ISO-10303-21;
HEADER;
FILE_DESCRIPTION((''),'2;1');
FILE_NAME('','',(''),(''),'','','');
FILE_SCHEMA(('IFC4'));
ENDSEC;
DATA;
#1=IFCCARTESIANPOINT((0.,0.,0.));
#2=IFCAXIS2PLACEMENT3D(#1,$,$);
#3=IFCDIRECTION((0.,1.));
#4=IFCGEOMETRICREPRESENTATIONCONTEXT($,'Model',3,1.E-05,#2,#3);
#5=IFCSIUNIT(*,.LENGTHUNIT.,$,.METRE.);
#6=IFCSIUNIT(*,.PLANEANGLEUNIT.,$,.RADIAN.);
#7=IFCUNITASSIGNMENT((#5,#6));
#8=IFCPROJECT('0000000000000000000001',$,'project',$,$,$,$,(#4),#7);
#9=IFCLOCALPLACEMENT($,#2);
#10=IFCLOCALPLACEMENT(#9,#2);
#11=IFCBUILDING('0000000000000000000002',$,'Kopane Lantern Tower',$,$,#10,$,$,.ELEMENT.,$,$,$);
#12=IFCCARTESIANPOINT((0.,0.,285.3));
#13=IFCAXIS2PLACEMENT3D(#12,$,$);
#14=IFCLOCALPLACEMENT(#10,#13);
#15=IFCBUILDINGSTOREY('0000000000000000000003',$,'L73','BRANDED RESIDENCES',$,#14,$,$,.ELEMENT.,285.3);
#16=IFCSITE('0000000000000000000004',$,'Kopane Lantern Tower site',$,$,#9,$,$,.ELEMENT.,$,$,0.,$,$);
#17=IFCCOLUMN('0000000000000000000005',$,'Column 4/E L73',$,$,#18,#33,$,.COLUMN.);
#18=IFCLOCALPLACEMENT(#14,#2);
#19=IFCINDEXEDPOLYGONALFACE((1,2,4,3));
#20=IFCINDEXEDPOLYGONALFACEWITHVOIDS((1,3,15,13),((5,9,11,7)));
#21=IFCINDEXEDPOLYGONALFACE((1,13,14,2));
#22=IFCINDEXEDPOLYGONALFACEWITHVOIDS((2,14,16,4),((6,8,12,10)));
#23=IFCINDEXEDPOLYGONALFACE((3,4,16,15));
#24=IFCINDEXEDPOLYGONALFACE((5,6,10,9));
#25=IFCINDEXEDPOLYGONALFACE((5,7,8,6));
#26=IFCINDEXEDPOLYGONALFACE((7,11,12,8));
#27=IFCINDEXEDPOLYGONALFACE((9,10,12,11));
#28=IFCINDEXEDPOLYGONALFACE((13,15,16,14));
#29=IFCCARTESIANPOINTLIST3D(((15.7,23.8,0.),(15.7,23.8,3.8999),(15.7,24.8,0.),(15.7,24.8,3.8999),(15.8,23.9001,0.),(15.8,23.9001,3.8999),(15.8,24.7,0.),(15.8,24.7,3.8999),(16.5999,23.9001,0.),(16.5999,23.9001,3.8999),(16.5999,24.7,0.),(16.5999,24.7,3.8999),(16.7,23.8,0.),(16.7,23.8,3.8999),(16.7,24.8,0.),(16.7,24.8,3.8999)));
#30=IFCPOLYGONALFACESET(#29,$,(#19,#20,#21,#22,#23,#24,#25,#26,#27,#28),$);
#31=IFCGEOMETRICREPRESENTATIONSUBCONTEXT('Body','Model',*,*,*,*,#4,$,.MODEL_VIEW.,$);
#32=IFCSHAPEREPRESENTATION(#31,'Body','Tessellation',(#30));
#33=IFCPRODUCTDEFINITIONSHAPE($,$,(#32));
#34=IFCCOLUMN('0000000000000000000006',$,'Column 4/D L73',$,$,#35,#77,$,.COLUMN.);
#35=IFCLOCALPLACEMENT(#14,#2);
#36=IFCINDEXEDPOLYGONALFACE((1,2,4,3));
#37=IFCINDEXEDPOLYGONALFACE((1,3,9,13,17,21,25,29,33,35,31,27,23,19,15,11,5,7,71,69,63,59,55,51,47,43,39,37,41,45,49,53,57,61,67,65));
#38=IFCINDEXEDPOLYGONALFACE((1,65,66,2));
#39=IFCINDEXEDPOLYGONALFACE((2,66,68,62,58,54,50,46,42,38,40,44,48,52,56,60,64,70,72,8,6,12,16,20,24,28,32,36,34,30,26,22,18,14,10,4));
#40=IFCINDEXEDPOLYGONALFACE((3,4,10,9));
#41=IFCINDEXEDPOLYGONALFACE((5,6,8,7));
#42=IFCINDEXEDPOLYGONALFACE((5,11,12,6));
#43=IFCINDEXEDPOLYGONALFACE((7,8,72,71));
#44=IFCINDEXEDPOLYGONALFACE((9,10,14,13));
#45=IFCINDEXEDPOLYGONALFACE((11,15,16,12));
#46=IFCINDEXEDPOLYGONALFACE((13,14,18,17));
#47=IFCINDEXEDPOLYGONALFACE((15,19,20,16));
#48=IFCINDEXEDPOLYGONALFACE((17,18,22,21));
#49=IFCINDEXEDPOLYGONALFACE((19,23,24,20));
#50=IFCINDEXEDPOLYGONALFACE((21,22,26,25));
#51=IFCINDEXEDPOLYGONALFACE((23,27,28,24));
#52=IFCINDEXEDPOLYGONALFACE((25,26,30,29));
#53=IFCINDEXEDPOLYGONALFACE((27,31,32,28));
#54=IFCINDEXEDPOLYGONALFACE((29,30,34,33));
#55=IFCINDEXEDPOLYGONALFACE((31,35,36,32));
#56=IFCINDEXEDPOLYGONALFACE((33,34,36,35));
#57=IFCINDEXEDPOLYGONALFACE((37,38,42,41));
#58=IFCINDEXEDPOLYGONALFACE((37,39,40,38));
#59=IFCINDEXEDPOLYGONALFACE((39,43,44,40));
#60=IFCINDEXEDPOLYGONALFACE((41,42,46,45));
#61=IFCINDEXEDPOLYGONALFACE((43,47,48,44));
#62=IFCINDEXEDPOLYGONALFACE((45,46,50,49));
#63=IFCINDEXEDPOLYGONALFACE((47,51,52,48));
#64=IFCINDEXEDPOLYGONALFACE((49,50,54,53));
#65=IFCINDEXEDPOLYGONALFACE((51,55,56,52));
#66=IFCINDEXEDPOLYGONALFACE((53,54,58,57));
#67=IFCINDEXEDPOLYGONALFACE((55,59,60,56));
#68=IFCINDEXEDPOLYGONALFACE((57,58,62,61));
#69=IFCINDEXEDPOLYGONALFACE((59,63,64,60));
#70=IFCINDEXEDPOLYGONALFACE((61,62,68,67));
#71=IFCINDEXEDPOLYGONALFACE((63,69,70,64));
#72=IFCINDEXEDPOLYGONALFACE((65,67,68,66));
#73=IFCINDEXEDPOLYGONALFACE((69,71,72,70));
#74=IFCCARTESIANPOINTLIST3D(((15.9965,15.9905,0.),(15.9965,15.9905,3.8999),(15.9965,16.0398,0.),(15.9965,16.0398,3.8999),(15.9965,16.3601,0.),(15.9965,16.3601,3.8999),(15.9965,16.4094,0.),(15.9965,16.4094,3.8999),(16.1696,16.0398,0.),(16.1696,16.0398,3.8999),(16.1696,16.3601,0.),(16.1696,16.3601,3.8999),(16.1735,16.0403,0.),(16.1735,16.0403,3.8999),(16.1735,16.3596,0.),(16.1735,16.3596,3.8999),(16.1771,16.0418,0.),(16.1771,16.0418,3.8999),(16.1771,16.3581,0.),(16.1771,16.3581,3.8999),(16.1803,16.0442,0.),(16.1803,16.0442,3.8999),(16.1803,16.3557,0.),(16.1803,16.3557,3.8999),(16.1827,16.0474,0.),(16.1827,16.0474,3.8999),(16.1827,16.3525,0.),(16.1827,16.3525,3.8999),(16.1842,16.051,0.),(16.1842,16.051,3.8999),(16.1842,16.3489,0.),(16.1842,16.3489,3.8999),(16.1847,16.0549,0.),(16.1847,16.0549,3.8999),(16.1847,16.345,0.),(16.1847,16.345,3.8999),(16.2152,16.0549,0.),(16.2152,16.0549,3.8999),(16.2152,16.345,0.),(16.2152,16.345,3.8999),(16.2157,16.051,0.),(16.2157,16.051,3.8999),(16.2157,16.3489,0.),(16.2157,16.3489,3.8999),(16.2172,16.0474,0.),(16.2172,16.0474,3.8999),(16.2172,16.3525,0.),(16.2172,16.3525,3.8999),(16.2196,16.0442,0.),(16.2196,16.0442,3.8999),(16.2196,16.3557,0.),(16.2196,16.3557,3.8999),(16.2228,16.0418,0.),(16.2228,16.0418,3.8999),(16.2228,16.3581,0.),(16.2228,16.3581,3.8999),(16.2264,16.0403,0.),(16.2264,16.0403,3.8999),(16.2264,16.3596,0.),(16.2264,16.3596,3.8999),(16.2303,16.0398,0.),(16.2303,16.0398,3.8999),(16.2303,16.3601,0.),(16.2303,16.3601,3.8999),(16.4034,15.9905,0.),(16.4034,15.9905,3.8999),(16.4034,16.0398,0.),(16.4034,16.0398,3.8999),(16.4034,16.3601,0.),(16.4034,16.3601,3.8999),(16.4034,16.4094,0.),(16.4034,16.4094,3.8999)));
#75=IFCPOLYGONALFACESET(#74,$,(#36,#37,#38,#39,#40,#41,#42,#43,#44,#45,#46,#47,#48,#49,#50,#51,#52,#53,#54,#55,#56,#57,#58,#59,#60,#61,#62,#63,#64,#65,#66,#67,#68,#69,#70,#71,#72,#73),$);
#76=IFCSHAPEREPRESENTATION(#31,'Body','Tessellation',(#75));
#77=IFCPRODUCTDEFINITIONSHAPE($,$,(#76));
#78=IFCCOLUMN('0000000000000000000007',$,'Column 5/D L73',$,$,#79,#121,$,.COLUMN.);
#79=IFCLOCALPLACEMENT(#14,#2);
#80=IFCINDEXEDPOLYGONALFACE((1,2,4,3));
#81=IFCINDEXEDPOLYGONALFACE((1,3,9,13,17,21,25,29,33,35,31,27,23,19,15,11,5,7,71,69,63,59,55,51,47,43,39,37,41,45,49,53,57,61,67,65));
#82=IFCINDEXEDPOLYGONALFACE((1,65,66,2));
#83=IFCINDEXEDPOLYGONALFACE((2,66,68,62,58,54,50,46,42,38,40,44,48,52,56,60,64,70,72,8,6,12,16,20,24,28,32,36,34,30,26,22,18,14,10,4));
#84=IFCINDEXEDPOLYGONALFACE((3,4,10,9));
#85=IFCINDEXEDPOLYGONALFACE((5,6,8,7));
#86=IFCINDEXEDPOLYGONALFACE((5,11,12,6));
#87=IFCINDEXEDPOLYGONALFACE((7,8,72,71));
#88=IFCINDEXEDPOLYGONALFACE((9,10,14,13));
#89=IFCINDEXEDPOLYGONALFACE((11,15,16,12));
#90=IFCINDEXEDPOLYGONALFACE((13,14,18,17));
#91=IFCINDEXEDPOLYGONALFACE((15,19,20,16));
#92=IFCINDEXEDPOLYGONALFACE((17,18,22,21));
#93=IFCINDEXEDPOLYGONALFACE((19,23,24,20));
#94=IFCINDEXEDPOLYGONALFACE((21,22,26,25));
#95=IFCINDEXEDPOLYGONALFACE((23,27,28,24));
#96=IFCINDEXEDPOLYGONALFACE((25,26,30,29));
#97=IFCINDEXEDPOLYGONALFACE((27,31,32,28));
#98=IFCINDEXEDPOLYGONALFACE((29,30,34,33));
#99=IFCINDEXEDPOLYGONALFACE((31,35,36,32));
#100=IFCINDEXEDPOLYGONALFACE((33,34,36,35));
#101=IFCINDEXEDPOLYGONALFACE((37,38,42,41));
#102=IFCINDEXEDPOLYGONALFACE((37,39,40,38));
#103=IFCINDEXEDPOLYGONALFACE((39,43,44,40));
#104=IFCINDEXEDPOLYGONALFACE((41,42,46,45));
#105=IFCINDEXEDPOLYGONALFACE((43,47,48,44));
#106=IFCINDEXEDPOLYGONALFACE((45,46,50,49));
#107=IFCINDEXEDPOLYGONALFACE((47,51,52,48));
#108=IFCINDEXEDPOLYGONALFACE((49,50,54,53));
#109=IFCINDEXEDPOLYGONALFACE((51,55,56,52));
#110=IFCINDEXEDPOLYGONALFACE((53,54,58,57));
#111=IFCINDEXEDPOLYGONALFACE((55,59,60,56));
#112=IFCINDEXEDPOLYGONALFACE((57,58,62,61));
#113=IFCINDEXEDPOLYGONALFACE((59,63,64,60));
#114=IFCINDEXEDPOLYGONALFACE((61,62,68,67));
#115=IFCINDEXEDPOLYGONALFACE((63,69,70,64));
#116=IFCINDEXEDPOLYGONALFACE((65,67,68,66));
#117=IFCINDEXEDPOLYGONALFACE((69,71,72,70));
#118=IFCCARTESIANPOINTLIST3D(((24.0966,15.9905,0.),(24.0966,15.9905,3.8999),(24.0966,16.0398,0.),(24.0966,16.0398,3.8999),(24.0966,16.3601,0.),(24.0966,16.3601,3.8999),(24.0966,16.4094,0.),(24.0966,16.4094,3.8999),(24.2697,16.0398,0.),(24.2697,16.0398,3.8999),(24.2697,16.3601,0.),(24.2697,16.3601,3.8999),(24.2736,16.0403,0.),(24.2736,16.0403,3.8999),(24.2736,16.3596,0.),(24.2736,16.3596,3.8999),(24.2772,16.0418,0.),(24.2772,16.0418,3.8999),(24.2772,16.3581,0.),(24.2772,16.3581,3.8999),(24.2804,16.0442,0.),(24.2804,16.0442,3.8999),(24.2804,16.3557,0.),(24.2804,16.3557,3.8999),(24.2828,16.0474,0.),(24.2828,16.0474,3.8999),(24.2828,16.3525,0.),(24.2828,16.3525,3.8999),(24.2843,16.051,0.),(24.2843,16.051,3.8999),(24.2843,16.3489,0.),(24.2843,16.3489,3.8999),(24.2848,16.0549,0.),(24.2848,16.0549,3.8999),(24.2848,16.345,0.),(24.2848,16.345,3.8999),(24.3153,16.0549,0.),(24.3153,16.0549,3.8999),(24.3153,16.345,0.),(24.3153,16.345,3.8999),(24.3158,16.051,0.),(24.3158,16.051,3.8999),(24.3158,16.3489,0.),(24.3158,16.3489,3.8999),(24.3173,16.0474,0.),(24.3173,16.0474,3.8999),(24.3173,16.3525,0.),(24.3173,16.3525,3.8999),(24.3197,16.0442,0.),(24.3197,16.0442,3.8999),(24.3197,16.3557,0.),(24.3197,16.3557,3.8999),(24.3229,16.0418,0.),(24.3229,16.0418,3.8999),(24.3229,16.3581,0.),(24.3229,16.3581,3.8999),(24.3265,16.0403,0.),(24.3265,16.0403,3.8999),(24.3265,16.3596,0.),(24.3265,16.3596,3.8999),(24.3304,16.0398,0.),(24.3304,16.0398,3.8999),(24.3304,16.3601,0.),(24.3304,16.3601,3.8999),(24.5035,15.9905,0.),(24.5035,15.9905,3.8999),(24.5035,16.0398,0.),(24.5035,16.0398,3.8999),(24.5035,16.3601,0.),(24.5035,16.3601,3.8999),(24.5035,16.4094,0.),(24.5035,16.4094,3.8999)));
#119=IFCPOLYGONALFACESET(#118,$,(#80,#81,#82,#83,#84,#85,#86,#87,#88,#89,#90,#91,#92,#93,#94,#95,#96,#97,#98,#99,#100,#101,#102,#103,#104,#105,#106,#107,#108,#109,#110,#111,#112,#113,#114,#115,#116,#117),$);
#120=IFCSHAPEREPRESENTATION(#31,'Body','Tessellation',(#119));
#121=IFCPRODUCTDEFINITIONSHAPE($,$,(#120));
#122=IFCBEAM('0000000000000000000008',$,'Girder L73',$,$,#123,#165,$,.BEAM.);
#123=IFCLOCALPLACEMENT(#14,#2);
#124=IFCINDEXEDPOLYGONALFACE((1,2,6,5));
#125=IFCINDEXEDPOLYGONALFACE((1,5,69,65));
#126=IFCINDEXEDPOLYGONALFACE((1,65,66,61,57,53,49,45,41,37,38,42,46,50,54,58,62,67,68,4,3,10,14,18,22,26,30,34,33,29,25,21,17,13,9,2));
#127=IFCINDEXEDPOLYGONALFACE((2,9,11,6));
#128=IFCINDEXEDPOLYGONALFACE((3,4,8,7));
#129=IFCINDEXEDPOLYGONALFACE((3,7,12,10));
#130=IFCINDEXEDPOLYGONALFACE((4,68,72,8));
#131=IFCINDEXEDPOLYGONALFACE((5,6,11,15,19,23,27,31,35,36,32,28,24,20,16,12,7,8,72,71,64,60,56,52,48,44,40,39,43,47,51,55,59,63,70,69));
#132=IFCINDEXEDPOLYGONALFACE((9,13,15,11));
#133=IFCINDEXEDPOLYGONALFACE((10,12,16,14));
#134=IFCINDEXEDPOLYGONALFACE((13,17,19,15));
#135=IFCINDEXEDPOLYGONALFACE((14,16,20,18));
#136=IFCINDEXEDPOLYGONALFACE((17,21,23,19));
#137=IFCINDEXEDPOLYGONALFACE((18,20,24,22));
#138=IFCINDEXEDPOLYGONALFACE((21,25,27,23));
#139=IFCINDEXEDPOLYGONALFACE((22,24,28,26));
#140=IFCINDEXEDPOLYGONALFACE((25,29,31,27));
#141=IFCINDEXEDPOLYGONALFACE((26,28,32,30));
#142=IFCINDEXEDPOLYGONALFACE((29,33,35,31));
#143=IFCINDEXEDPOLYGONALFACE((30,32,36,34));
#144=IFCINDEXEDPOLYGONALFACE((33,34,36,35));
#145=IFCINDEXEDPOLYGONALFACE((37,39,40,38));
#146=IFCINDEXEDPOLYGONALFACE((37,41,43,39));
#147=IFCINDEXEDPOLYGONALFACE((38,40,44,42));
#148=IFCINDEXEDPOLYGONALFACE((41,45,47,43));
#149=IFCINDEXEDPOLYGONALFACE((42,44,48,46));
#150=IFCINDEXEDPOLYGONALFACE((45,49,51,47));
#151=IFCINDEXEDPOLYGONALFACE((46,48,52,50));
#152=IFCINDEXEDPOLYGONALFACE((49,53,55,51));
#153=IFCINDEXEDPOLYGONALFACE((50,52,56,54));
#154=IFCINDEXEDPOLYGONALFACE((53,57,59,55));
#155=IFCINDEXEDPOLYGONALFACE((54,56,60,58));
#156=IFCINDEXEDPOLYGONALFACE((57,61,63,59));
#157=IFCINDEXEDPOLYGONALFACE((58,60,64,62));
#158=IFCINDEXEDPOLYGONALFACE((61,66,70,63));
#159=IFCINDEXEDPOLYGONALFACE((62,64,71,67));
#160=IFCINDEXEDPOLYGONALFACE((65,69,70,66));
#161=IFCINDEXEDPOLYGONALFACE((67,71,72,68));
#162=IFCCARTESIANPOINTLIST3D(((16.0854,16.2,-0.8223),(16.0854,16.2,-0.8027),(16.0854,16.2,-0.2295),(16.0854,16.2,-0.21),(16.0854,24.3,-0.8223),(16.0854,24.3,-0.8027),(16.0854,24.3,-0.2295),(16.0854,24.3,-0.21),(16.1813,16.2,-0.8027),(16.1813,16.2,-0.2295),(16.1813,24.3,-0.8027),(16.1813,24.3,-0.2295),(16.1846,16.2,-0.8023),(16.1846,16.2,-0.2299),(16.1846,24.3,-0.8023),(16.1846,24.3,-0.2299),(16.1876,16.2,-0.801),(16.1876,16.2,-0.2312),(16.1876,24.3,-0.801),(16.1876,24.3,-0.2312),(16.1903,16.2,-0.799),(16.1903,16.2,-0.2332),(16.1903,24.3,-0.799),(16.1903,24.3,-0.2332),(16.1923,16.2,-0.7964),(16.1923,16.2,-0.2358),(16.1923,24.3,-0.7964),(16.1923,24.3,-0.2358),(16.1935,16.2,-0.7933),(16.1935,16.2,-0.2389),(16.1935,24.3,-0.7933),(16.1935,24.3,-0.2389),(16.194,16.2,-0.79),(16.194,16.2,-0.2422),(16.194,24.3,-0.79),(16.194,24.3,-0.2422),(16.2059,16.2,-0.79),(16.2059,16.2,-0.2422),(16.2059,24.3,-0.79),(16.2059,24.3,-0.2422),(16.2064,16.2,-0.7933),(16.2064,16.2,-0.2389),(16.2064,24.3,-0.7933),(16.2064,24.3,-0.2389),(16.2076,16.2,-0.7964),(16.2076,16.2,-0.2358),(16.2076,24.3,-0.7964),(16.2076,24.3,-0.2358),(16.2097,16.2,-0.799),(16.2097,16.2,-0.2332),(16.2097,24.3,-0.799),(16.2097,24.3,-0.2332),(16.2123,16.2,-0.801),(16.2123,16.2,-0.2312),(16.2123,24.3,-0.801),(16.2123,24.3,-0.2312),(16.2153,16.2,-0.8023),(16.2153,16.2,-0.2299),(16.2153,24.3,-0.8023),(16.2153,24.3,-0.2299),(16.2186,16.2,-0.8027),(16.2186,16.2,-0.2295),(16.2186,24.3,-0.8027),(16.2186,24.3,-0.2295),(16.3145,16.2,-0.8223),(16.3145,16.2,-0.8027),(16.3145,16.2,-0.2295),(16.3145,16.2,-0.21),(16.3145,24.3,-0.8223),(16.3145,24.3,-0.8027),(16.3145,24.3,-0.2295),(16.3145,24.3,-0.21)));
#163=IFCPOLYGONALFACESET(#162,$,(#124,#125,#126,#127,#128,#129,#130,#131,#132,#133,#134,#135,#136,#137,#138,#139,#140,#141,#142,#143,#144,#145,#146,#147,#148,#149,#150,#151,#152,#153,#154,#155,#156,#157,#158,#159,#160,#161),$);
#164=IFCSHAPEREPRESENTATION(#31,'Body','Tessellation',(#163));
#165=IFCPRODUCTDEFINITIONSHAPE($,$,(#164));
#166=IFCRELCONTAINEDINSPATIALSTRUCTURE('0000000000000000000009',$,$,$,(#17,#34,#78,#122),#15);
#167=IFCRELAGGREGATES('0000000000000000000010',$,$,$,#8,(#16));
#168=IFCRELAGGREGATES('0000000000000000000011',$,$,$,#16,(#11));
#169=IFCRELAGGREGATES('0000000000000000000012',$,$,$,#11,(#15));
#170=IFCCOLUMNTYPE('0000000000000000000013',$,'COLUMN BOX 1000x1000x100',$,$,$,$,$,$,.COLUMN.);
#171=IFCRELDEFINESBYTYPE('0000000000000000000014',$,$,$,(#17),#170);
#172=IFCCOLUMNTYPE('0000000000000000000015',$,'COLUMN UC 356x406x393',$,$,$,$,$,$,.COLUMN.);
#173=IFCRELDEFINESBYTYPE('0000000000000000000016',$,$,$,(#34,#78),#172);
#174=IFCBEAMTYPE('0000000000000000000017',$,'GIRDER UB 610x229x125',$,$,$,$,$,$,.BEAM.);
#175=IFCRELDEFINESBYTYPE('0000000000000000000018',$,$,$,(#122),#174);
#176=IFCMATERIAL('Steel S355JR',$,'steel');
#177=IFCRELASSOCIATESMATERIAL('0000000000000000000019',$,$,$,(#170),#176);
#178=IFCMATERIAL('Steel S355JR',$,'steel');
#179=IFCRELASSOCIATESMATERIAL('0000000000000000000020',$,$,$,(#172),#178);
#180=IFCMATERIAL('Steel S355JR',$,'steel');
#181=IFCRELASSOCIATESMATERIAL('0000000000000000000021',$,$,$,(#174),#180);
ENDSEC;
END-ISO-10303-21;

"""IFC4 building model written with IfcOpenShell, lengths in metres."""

from ifc_helpers import new_model, si_unit, direction, frame, origin, origin_2d, place, context, subcontext, project, spatial, hollow_rectangle, i_section, extrude, material, material_profile, profile_set, type_object, element, save


model = new_model("IFC4")

# Units and contexts
model_context = context("Model", 3, precision=1e-05, world=origin(), true_north=direction((0.0, 1.0)))
body_context = subcontext(model_context, "Body", "Model", "MODEL_VIEW")
ifc_project = project(units=[si_unit("LENGTHUNIT", "METRE"), si_unit("PLANEANGLEUNIT", "RADIAN")], contexts=[model_context])

# Site, building, storey
site_placement = place(None, origin())
site = spatial("IfcSite", under=ifc_project, at=site_placement, Name="Kopane Lantern Tower site", CompositionType="ELEMENT", RefElevation=0.0)
building_placement = place(site_placement, origin())
building = spatial("IfcBuilding", under=site, at=building_placement, Name="Kopane Lantern Tower", CompositionType="ELEMENT")
storey_placement = place(building_placement, frame((0.0, 0.0, 285.3)))
storey = spatial("IfcBuildingStorey", under=building, at=storey_placement, Name="L73", Description="BRANDED RESIDENCES", CompositionType="ELEMENT", Elevation=285.3)

# Columns
ifc_material_1 = material(Name="Steel S355JR", Category="steel")
ifc_material_profile_1 = material_profile(ifc_material_1, hollow_rectangle(XDim=1.0, YDim=1.0, WallThickness=0.1001, at=origin_2d()), Name="BOX 1000x1000x100")
ifc_profile_set_1 = profile_set([ifc_material_profile_1], Name="Steel S355JR")
column_type_1 = type_object("IfcColumnType", Name="COLUMN BOX 1000x1000x100", PredefinedType="COLUMN", material=ifc_profile_set_1)
column_placement = place(storey_placement, frame((16.2, 24.3, 0.0), z_axis=(0.0, 0.0, 1.0), x_axis=(1.0, 0.0, 0.0)))
element("IfcColumn", 1, at=column_placement, inside=storey, type_object=column_type_1, Name="Column 4/E L73", PredefinedType="COLUMN", context=body_context, shape_type="SweptSolid", body=[
    extrude(hollow_rectangle(XDim=1.0, YDim=1.0, WallThickness=0.1001, at=origin_2d()), origin(), (0.0, 0.0, 1.0), 3.8999),
])
ifc_material_2 = material(Name="Steel S355JR", Category="steel")
ifc_material_profile_2 = material_profile(ifc_material_2, i_section(OverallWidth=0.407, OverallDepth=0.4189, WebThickness=0.0305, FlangeThickness=0.0493, FilletRadius=0.0151, at=origin_2d()), Name="UC 356x406x393")
ifc_profile_set_2 = profile_set([ifc_material_profile_2], Name="Steel S355JR")
column_type_2 = type_object("IfcColumnType", Name="COLUMN UC 356x406x393", PredefinedType="COLUMN", material=ifc_profile_set_2)
for number, where, z_axis, x_axis, name in (
    (2, (16.2, 16.2, 0.0), (0.0, 0.0, 1.0), (1.0, 0.0, 0.0), "Column 4/D L73"),
    (3, (24.3, 16.2, 0.0), (0.0, 0.0, 1.0), (1.0, 0.0, 0.0), "Column 5/D L73"),
):
    element("IfcColumn", number, at=place(storey_placement, frame(where, z_axis=z_axis, x_axis=x_axis)), inside=storey, type_object=column_type_2, Name=name, PredefinedType="COLUMN", context=body_context, shape_type="SweptSolid", body=[
        extrude(i_section(OverallWidth=0.407, OverallDepth=0.4189, WebThickness=0.0305, FlangeThickness=0.0493, FilletRadius=0.0151, at=origin_2d()), origin(), (0.0, 0.0, 1.0), 3.8999),
    ])

# Beam
ifc_material_3 = material(Name="Steel S355JR", Category="steel")
ifc_material_profile_3 = material_profile(ifc_material_3, i_section(OverallWidth=0.229, OverallDepth=0.6123, WebThickness=0.012, FlangeThickness=0.0195, FilletRadius=0.0127, at=origin_2d()), Name="UB 610x229x125")
ifc_profile_set_3 = profile_set([ifc_material_profile_3], Name="Steel S355JR")
beam_type = type_object("IfcBeamType", Name="GIRDER UB 610x229x125", PredefinedType="BEAM", material=ifc_profile_set_3)
for number, where, z_axis, x_axis, name in (
    (4, (16.2, 16.2, -0.5161), (0.0, 1.0, 0.0), (-1.0, 0.0, 0.0), "Girder L73"),
):
    element("IfcBeam", number, at=place(storey_placement, frame(where, z_axis=z_axis, x_axis=x_axis)), inside=storey, type_object=beam_type, Name=name, PredefinedType="BEAM", context=body_context, shape_type="SweptSolid", body=[
        extrude(i_section(OverallWidth=0.229, OverallDepth=0.6123, WebThickness=0.012, FlangeThickness=0.0195, FilletRadius=0.0127, at=origin_2d()), origin(), (0.0, 0.0, 1.0), 8.1001),
    ])

save(model, "model.ifc")
